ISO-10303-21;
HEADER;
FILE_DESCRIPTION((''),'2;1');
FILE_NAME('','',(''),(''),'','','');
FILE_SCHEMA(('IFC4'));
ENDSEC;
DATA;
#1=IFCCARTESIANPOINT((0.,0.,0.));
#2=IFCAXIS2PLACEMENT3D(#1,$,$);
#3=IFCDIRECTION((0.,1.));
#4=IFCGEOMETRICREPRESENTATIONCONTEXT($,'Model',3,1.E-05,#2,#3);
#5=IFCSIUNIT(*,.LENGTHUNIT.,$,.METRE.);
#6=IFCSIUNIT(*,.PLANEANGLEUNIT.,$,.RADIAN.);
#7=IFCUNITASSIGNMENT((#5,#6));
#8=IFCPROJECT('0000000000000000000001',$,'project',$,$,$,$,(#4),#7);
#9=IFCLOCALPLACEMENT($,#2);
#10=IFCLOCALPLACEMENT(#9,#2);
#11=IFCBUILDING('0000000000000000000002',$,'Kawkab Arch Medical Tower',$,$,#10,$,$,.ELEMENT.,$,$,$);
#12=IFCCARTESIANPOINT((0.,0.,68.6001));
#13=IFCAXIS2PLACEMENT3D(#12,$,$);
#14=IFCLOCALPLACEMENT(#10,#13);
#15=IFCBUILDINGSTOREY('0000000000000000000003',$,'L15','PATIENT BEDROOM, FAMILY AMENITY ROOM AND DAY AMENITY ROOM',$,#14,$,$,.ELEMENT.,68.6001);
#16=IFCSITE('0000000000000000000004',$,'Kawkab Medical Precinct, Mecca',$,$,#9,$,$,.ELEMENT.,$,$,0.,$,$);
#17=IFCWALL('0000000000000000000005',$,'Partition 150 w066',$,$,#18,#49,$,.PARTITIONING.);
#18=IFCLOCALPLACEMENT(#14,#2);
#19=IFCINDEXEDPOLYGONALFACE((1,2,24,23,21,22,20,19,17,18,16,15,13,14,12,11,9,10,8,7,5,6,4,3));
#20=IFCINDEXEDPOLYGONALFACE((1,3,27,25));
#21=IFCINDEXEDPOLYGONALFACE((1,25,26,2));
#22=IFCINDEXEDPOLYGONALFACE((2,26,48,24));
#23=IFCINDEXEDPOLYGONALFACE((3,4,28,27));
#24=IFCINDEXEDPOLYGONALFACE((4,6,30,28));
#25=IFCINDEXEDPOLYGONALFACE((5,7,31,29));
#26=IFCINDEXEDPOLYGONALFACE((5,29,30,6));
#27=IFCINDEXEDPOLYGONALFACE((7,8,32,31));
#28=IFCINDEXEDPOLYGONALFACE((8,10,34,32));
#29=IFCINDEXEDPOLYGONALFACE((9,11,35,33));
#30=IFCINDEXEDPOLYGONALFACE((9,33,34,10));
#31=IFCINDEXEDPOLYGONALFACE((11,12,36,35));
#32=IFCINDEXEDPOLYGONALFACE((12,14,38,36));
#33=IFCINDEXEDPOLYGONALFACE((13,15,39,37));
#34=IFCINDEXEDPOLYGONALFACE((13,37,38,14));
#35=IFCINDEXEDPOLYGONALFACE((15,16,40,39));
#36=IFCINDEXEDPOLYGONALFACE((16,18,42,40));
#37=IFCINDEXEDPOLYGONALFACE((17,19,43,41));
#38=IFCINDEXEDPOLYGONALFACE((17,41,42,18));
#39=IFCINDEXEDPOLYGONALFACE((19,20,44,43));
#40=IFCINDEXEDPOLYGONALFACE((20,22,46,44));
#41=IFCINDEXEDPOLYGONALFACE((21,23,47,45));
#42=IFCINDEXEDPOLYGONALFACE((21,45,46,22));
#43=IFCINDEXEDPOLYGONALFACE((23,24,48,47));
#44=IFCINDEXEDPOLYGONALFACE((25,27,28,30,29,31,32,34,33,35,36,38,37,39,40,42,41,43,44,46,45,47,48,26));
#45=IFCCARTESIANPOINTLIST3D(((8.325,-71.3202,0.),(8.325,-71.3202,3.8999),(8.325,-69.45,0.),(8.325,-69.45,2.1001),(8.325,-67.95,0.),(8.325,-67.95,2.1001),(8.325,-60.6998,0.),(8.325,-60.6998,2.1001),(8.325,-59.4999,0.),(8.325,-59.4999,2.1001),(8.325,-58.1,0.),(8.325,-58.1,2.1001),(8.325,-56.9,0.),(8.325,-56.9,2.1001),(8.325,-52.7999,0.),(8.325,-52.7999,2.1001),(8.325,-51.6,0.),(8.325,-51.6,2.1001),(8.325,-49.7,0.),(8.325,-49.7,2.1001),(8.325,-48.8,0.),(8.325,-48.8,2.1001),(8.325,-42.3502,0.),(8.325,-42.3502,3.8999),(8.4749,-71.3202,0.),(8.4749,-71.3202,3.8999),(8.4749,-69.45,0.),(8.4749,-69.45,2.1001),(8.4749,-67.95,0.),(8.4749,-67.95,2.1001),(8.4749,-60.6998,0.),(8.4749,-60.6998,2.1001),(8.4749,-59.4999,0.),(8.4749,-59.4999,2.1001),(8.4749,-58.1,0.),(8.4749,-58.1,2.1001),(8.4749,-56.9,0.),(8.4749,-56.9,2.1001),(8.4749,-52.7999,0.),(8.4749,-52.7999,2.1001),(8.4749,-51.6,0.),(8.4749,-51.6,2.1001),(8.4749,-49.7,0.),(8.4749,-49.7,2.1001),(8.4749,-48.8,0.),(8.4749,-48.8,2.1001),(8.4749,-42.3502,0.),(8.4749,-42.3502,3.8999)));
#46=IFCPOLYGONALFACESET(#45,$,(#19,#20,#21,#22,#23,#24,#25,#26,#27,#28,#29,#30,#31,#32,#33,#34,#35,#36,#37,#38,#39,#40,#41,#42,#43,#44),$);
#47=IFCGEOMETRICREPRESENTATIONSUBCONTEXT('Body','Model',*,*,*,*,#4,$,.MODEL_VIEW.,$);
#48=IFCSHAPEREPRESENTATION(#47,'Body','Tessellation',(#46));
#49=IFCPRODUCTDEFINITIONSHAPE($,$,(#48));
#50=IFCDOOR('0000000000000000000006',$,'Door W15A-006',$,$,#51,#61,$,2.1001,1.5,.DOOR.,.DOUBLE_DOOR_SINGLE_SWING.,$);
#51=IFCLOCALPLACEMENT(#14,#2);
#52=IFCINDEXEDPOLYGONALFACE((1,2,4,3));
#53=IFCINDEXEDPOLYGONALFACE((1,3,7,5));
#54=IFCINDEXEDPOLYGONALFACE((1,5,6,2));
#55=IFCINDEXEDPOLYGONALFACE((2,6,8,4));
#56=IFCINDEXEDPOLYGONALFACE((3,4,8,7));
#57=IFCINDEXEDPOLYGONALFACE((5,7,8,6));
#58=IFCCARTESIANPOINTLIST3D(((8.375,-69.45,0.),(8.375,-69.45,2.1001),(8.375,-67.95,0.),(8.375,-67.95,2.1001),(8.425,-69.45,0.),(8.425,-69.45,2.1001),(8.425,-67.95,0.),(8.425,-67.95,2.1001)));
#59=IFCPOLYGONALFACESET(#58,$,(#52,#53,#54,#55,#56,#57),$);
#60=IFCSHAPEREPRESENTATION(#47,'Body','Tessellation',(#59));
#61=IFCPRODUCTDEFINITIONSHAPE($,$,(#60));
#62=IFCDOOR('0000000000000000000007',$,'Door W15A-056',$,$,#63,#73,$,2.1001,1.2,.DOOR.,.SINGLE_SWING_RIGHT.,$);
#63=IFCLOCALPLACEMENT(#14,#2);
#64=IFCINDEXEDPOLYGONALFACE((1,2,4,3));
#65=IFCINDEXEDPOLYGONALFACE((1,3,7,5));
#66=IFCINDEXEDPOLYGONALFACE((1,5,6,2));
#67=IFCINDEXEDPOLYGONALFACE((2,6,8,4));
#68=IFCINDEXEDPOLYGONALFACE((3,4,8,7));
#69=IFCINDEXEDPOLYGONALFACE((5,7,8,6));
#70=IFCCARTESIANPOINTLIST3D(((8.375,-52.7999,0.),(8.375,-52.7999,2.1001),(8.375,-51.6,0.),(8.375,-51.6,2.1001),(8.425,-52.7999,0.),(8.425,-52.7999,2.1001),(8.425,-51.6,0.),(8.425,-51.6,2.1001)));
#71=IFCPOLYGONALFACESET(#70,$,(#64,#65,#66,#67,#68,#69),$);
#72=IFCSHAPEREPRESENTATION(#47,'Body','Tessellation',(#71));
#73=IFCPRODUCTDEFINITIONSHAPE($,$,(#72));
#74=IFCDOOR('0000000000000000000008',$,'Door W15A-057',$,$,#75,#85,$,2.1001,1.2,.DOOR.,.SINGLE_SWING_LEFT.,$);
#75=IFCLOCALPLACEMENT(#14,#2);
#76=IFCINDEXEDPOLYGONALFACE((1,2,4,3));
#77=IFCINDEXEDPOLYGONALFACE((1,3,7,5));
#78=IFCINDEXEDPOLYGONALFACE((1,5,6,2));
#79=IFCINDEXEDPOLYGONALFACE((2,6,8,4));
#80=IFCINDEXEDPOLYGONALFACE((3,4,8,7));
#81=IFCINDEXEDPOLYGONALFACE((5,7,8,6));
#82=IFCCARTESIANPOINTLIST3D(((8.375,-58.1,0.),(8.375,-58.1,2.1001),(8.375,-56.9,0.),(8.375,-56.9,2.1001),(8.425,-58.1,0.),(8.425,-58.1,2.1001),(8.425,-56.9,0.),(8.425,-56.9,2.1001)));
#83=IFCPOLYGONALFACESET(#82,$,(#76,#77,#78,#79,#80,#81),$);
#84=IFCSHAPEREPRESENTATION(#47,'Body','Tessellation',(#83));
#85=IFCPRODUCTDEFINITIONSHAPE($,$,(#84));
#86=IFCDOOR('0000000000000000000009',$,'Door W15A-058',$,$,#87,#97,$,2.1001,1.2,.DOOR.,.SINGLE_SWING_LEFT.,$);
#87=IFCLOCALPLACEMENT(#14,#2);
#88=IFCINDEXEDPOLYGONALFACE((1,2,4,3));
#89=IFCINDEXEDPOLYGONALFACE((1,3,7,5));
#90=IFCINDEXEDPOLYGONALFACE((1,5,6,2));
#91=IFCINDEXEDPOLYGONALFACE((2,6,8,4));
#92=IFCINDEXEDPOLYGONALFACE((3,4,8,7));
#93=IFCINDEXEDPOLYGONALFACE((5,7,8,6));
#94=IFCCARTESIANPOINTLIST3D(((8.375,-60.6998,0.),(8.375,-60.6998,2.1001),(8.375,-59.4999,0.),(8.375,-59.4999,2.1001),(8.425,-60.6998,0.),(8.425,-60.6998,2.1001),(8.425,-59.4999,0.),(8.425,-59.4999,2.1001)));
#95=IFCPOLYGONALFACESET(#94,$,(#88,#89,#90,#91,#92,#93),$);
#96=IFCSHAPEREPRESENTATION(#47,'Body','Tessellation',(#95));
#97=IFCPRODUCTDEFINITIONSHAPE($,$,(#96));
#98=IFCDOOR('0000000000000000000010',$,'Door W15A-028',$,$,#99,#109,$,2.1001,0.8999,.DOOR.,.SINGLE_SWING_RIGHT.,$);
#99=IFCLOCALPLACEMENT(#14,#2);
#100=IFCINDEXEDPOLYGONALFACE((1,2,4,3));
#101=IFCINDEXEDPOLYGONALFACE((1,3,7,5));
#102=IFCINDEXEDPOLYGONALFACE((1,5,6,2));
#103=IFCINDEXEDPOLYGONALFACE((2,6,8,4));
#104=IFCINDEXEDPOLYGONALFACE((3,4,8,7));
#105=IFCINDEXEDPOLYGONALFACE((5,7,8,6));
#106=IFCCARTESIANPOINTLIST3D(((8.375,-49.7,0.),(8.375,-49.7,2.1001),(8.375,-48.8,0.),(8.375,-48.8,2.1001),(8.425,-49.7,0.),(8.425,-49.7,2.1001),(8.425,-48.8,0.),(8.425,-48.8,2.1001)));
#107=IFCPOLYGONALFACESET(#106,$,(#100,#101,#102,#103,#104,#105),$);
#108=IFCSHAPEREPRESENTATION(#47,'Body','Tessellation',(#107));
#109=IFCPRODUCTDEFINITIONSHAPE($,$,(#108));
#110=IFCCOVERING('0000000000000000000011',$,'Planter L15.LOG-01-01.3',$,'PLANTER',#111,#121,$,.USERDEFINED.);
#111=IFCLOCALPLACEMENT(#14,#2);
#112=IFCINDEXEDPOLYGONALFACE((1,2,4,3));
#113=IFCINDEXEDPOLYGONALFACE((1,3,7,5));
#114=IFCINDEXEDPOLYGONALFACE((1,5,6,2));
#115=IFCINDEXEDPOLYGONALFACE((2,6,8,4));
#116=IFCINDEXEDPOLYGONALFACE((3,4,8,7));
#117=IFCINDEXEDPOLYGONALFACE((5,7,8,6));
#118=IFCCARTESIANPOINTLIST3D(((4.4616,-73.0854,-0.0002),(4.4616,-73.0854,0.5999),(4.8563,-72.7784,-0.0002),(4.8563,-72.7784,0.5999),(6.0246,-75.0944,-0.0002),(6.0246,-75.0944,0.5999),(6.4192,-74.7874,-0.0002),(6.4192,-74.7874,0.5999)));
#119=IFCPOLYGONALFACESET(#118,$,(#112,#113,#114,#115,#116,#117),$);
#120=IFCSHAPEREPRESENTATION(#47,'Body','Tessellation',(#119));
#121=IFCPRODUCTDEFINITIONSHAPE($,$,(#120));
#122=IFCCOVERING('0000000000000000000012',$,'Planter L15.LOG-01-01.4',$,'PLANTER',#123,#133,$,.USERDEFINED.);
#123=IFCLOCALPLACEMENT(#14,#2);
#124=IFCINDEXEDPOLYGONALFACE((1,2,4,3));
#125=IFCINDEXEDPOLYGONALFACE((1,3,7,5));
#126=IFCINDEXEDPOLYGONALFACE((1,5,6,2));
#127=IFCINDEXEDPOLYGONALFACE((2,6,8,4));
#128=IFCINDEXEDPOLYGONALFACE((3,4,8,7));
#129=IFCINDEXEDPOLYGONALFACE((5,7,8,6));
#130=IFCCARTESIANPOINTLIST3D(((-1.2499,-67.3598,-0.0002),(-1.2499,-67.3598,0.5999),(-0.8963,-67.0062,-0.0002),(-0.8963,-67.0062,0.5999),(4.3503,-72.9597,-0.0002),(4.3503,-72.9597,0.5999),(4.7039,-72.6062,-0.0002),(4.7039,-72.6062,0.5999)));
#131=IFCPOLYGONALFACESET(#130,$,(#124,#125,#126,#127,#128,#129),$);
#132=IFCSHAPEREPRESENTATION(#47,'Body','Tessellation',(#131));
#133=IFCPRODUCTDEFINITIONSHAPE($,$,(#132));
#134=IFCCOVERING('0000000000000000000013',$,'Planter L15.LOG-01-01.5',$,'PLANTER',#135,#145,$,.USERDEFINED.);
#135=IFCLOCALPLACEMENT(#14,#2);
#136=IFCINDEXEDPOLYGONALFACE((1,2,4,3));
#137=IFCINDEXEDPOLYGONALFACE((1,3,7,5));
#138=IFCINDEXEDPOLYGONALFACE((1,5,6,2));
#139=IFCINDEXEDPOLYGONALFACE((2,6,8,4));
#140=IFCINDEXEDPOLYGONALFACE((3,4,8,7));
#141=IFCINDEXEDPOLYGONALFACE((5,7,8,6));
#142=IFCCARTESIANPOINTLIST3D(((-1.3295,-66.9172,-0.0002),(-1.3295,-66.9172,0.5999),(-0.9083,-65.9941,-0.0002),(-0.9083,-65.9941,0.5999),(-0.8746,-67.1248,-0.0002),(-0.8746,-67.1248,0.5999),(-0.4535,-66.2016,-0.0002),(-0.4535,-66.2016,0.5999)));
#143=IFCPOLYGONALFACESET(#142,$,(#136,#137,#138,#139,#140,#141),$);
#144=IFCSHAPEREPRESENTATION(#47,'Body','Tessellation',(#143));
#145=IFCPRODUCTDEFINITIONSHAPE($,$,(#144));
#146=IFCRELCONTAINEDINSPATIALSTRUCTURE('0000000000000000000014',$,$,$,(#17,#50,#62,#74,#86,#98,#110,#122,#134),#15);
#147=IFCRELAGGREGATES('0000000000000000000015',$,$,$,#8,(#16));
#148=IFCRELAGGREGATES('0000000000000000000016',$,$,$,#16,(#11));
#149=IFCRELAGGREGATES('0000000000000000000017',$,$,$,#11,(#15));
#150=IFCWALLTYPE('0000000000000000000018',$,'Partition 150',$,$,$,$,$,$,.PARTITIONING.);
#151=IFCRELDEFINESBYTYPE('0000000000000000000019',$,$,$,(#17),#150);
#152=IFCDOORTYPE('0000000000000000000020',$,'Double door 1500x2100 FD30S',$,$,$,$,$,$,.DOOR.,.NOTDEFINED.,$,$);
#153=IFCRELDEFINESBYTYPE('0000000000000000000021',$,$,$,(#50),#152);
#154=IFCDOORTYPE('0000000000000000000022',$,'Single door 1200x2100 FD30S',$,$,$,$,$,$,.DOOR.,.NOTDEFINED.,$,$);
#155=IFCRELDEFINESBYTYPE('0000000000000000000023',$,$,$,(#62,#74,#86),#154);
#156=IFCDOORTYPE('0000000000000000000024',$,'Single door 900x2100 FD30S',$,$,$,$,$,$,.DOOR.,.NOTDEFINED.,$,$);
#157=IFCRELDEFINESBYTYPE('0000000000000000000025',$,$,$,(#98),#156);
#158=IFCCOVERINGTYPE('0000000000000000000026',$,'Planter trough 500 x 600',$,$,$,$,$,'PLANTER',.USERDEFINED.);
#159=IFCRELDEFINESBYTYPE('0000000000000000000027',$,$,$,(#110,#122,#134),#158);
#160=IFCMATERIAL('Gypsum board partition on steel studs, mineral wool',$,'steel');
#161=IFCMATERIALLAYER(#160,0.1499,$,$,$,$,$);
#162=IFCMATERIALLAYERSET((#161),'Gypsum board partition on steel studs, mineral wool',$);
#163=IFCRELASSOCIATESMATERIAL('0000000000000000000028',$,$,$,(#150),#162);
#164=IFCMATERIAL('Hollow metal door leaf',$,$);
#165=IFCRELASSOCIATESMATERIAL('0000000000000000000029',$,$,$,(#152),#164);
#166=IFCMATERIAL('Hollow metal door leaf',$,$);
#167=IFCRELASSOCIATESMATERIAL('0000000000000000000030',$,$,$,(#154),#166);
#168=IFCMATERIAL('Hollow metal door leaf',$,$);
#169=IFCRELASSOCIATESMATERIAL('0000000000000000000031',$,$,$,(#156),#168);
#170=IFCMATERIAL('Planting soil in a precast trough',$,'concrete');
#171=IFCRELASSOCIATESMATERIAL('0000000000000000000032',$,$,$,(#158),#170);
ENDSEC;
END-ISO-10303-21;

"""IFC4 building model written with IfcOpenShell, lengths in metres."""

from ifc_helpers import new_model, si_unit, direction, frame, frame_2d, origin, origin_2d, place, context, subcontext, project, spatial, rectangle, extrude, material, layer, layer_set, material_profile, profile_set, type_object, element, fill, save


model = new_model("IFC4")

# Units and contexts
model_context = context("Model", 3, precision=1e-05, world=origin(), true_north=direction((0.0, 1.0)))
body_context = subcontext(model_context, "Body", "Model", "MODEL_VIEW")
ifc_project = project(units=[si_unit("LENGTHUNIT", "METRE"), si_unit("PLANEANGLEUNIT", "RADIAN")], contexts=[model_context])

# Site, building, storey
site_placement = place(None, origin())
site = spatial("IfcSite", under=ifc_project, at=site_placement, Name="Kawkab Medical Precinct, Mecca", CompositionType="ELEMENT", RefElevation=0.0)
building_placement = place(site_placement, origin())
building = spatial("IfcBuilding", under=site, at=building_placement, Name="Kawkab Arch Medical Tower", CompositionType="ELEMENT")
storey_placement = place(building_placement, frame((0.0, 0.0, 68.6001)))
storey = spatial("IfcBuildingStorey", under=building, at=storey_placement, Name="L15", Description="PATIENT BEDROOM, FAMILY AMENITY ROOM AND DAY AMENITY ROOM", CompositionType="ELEMENT", Elevation=68.6001)

# Wall, openings, doors
ifc_material_1 = material(Name="Gypsum board partition on steel studs, mineral wool", Category="steel")
ifc_layer_1 = layer(ifc_material_1, 0.1499)
ifc_layer_set_1 = layer_set([ifc_layer_1], Name="Gypsum board partition on steel studs, mineral wool")
wall_type_1 = type_object("IfcWallType", Name="Partition 150", PredefinedType="PARTITIONING", material=ifc_layer_set_1)
wall_1_placement = place(storey_placement, frame((8.3999, -71.3201, 0.0), z_axis=(0.0, 0.0, 1.0), x_axis=(0.0, 1.0, 0.0)))
wall_1 = element("IfcWall", 1, at=wall_1_placement, inside=storey, type_object=wall_type_1, Name="Partition 150 w066", PredefinedType="PARTITIONING", context=body_context, shape_type="SweptSolid", body=[
    extrude(rectangle(XDim=28.97, YDim=0.1499, at=frame_2d((14.4849, 0.0))), origin(), (0.0, 0.0, 1.0), 3.8999),
])
opening_1_placement = place(wall_1_placement, frame((18.52, 0.0, 0.0)))
opening_1 = element("IfcOpeningElement", 2, at=opening_1_placement, cuts=wall_1, PredefinedType="OPENING", context=body_context, shape_type="SweptSolid", body=[
    extrude(rectangle(XDim=1.2, YDim=2.1001, at=frame_2d((0.6001, 1.05))), frame((0.0, 0.085, 0.0), z_axis=(0.0, -1.0, 0.0), x_axis=(1.0, 0.0, 0.0)), (0.0, 0.0, 1.0), 0.1699),
])
opening_2_placement = place(wall_1_placement, frame((21.6201, 0.0, 0.0)))
opening_2 = element("IfcOpeningElement", 3, at=opening_2_placement, cuts=wall_1, PredefinedType="OPENING", context=body_context, shape_type="SweptSolid", body=[
    extrude(rectangle(XDim=0.8999, YDim=2.1001, at=frame_2d((0.45, 1.05))), frame((0.0, 0.085, 0.0), z_axis=(0.0, -1.0, 0.0), x_axis=(1.0, 0.0, 0.0)), (0.0, 0.0, 1.0), 0.1699),
])
opening_3_placement = place(wall_1_placement, frame((13.22, 0.0, 0.0)))
opening_3 = element("IfcOpeningElement", 4, at=opening_3_placement, cuts=wall_1, PredefinedType="OPENING", context=body_context, shape_type="SweptSolid", body=[
    extrude(rectangle(XDim=1.2, YDim=2.1001, at=frame_2d((0.6001, 1.05))), frame((0.0, 0.085, 0.0), z_axis=(0.0, -1.0, 0.0), x_axis=(1.0, 0.0, 0.0)), (0.0, 0.0, 1.0), 0.1699),
])
opening_4_placement = place(wall_1_placement, frame((10.6201, 0.0, 0.0)))
opening_4 = element("IfcOpeningElement", 5, at=opening_4_placement, cuts=wall_1, PredefinedType="OPENING", context=body_context, shape_type="SweptSolid", body=[
    extrude(rectangle(XDim=1.2, YDim=2.1001, at=frame_2d((0.6001, 1.05))), frame((0.0, 0.085, 0.0), z_axis=(0.0, -1.0, 0.0), x_axis=(1.0, 0.0, 0.0)), (0.0, 0.0, 1.0), 0.1699),
])
opening_5_placement = place(wall_1_placement, frame((1.8701, 0.0, 0.0)))
opening_5 = element("IfcOpeningElement", 6, at=opening_5_placement, cuts=wall_1, PredefinedType="OPENING", context=body_context, shape_type="SweptSolid", body=[
    extrude(rectangle(XDim=1.5, YDim=2.1001, at=frame_2d((0.75, 1.05))), frame((0.0, 0.085, 0.0), z_axis=(0.0, -1.0, 0.0), x_axis=(1.0, 0.0, 0.0)), (0.0, 0.0, 1.0), 0.1699),
])
ifc_material_2 = material(Name="Hollow metal door leaf")
door_type_1 = type_object("IfcDoorType", Name="Double door 1500x2100 FD30S", OperationType="NOTDEFINED", PredefinedType="DOOR", material=ifc_material_2)
door_1_placement = place(opening_5_placement, origin())
door_1 = element("IfcDoor", 7, at=door_1_placement, inside=storey, type_object=door_type_1, Name="Door W15A-006", OperationType="DOUBLE_DOOR_SINGLE_SWING", OverallHeight=2.1001, OverallWidth=1.5, PredefinedType="DOOR", context=body_context, shape_type="SweptSolid", body=[
    extrude(rectangle(XDim=1.5, YDim=2.1001, at=frame_2d((0.75, 1.05))), frame((0.0, 0.0249, 0.0), z_axis=(0.0, -1.0, 0.0), x_axis=(1.0, 0.0, 0.0)), (0.0, 0.0, 1.0), 0.05),
])
fill(opening_5, door_1)
ifc_material_3 = material(Name="Hollow metal door leaf")
door_type_2 = type_object("IfcDoorType", Name="Single door 1200x2100 FD30S", OperationType="NOTDEFINED", PredefinedType="DOOR", material=ifc_material_3)
door_2_placement = place(opening_1_placement, origin())
door_2 = element("IfcDoor", 8, at=door_2_placement, inside=storey, type_object=door_type_2, Name="Door W15A-056", OperationType="SINGLE_SWING_RIGHT", OverallHeight=2.1001, OverallWidth=1.2, PredefinedType="DOOR", context=body_context, shape_type="SweptSolid", body=[
    extrude(rectangle(XDim=1.2, YDim=2.1001, at=frame_2d((0.6001, 1.05))), frame((0.0, 0.0249, 0.0), z_axis=(0.0, -1.0, 0.0), x_axis=(1.0, 0.0, 0.0)), (0.0, 0.0, 1.0), 0.05),
])
fill(opening_1, door_2)
door_3_placement = place(opening_3_placement, origin())
door_3 = element("IfcDoor", 9, at=door_3_placement, inside=storey, type_object=door_type_2, Name="Door W15A-057", OperationType="SINGLE_SWING_LEFT", OverallHeight=2.1001, OverallWidth=1.2, PredefinedType="DOOR", context=body_context, shape_type="SweptSolid", body=[
    extrude(rectangle(XDim=1.2, YDim=2.1001, at=frame_2d((0.6001, 1.05))), frame((0.0, 0.0249, 0.0), z_axis=(0.0, -1.0, 0.0), x_axis=(1.0, 0.0, 0.0)), (0.0, 0.0, 1.0), 0.05),
])
fill(opening_3, door_3)
door_4_placement = place(opening_4_placement, origin())
door_4 = element("IfcDoor", 10, at=door_4_placement, inside=storey, type_object=door_type_2, Name="Door W15A-058", OperationType="SINGLE_SWING_LEFT", OverallHeight=2.1001, OverallWidth=1.2, PredefinedType="DOOR", context=body_context, shape_type="SweptSolid", body=[
    extrude(rectangle(XDim=1.2, YDim=2.1001, at=frame_2d((0.6001, 1.05))), frame((0.0, 0.0249, 0.0), z_axis=(0.0, -1.0, 0.0), x_axis=(1.0, 0.0, 0.0)), (0.0, 0.0, 1.0), 0.05),
])
fill(opening_4, door_4)
ifc_material_4 = material(Name="Hollow metal door leaf")
door_type_3 = type_object("IfcDoorType", Name="Single door 900x2100 FD30S", OperationType="NOTDEFINED", PredefinedType="DOOR", material=ifc_material_4)
door_5_placement = place(opening_2_placement, origin())
door_5 = element("IfcDoor", 11, at=door_5_placement, inside=storey, type_object=door_type_3, Name="Door W15A-028", OperationType="SINGLE_SWING_RIGHT", OverallHeight=2.1001, OverallWidth=0.8999, PredefinedType="DOOR", context=body_context, shape_type="SweptSolid", body=[
    extrude(rectangle(XDim=0.8999, YDim=2.1001, at=frame_2d((0.45, 1.05))), frame((0.0, 0.0249, 0.0), z_axis=(0.0, -1.0, 0.0), x_axis=(1.0, 0.0, 0.0)), (0.0, 0.0, 1.0), 0.05),
])
fill(opening_2, door_5)

# Coverings
ifc_material_5 = material(Name="Planting soil in a precast trough", Category="concrete")
ifc_material_profile_1 = material_profile(ifc_material_5, rectangle(XDim=0.5, YDim=0.6001, at=origin_2d()), Name="Trough 500x600")
ifc_profile_set_1 = profile_set([ifc_material_profile_1], Name="Planting soil in a precast trough")
covering_type = type_object("IfcCoveringType", Name="Planter trough 500 x 600", ElementType="PLANTER", PredefinedType="USERDEFINED", material=ifc_profile_set_1)
covering_1_placement = place(storey_placement, frame((6.2219, -74.9409, 0.2998), z_axis=(-0.61404, 0.789275, 0.0), x_axis=(-0.789275, -0.61404, 0.0)))
element("IfcCovering", 12, at=covering_1_placement, inside=storey, type_object=covering_type, Name="Planter L15.LOG-01-01.3", ObjectType="PLANTER", PredefinedType="USERDEFINED", context=body_context, shape_type="SweptSolid", body=[
    extrude(rectangle(XDim=0.5, YDim=0.6001, at=origin_2d()), origin(), (0.0, 0.0, 1.0), 2.5454),
])
covering_2_placement = place(storey_placement, frame((4.5271, -72.783, 0.2998), z_axis=(-0.707122, 0.707091, 0.0), x_axis=(-0.707091, -0.707122, 0.0)))
element("IfcCovering", 13, at=covering_2_placement, inside=storey, type_object=covering_type, Name="Planter L15.LOG-01-01.4", ObjectType="PLANTER", PredefinedType="USERDEFINED", context=body_context, shape_type="SweptSolid", body=[
    extrude(rectangle(XDim=0.5, YDim=0.6001, at=origin_2d()), origin(), (0.0, 0.0, 1.0), 7.9197),
])
covering_3_placement = place(storey_placement, frame((-1.1021, -67.021, 0.2998), z_axis=(0.415072, 0.909789, 0.0), x_axis=(-0.909789, 0.415072, 0.0)))
element("IfcCovering", 14, at=covering_3_placement, inside=storey, type_object=covering_type, Name="Planter L15.LOG-01-01.5", ObjectType="PLANTER", PredefinedType="USERDEFINED", context=body_context, shape_type="SweptSolid", body=[
    extrude(rectangle(XDim=0.5, YDim=0.6001, at=origin_2d()), origin(), (0.0, 0.0, 1.0), 1.0146),
])

save(model, "model.ifc")
